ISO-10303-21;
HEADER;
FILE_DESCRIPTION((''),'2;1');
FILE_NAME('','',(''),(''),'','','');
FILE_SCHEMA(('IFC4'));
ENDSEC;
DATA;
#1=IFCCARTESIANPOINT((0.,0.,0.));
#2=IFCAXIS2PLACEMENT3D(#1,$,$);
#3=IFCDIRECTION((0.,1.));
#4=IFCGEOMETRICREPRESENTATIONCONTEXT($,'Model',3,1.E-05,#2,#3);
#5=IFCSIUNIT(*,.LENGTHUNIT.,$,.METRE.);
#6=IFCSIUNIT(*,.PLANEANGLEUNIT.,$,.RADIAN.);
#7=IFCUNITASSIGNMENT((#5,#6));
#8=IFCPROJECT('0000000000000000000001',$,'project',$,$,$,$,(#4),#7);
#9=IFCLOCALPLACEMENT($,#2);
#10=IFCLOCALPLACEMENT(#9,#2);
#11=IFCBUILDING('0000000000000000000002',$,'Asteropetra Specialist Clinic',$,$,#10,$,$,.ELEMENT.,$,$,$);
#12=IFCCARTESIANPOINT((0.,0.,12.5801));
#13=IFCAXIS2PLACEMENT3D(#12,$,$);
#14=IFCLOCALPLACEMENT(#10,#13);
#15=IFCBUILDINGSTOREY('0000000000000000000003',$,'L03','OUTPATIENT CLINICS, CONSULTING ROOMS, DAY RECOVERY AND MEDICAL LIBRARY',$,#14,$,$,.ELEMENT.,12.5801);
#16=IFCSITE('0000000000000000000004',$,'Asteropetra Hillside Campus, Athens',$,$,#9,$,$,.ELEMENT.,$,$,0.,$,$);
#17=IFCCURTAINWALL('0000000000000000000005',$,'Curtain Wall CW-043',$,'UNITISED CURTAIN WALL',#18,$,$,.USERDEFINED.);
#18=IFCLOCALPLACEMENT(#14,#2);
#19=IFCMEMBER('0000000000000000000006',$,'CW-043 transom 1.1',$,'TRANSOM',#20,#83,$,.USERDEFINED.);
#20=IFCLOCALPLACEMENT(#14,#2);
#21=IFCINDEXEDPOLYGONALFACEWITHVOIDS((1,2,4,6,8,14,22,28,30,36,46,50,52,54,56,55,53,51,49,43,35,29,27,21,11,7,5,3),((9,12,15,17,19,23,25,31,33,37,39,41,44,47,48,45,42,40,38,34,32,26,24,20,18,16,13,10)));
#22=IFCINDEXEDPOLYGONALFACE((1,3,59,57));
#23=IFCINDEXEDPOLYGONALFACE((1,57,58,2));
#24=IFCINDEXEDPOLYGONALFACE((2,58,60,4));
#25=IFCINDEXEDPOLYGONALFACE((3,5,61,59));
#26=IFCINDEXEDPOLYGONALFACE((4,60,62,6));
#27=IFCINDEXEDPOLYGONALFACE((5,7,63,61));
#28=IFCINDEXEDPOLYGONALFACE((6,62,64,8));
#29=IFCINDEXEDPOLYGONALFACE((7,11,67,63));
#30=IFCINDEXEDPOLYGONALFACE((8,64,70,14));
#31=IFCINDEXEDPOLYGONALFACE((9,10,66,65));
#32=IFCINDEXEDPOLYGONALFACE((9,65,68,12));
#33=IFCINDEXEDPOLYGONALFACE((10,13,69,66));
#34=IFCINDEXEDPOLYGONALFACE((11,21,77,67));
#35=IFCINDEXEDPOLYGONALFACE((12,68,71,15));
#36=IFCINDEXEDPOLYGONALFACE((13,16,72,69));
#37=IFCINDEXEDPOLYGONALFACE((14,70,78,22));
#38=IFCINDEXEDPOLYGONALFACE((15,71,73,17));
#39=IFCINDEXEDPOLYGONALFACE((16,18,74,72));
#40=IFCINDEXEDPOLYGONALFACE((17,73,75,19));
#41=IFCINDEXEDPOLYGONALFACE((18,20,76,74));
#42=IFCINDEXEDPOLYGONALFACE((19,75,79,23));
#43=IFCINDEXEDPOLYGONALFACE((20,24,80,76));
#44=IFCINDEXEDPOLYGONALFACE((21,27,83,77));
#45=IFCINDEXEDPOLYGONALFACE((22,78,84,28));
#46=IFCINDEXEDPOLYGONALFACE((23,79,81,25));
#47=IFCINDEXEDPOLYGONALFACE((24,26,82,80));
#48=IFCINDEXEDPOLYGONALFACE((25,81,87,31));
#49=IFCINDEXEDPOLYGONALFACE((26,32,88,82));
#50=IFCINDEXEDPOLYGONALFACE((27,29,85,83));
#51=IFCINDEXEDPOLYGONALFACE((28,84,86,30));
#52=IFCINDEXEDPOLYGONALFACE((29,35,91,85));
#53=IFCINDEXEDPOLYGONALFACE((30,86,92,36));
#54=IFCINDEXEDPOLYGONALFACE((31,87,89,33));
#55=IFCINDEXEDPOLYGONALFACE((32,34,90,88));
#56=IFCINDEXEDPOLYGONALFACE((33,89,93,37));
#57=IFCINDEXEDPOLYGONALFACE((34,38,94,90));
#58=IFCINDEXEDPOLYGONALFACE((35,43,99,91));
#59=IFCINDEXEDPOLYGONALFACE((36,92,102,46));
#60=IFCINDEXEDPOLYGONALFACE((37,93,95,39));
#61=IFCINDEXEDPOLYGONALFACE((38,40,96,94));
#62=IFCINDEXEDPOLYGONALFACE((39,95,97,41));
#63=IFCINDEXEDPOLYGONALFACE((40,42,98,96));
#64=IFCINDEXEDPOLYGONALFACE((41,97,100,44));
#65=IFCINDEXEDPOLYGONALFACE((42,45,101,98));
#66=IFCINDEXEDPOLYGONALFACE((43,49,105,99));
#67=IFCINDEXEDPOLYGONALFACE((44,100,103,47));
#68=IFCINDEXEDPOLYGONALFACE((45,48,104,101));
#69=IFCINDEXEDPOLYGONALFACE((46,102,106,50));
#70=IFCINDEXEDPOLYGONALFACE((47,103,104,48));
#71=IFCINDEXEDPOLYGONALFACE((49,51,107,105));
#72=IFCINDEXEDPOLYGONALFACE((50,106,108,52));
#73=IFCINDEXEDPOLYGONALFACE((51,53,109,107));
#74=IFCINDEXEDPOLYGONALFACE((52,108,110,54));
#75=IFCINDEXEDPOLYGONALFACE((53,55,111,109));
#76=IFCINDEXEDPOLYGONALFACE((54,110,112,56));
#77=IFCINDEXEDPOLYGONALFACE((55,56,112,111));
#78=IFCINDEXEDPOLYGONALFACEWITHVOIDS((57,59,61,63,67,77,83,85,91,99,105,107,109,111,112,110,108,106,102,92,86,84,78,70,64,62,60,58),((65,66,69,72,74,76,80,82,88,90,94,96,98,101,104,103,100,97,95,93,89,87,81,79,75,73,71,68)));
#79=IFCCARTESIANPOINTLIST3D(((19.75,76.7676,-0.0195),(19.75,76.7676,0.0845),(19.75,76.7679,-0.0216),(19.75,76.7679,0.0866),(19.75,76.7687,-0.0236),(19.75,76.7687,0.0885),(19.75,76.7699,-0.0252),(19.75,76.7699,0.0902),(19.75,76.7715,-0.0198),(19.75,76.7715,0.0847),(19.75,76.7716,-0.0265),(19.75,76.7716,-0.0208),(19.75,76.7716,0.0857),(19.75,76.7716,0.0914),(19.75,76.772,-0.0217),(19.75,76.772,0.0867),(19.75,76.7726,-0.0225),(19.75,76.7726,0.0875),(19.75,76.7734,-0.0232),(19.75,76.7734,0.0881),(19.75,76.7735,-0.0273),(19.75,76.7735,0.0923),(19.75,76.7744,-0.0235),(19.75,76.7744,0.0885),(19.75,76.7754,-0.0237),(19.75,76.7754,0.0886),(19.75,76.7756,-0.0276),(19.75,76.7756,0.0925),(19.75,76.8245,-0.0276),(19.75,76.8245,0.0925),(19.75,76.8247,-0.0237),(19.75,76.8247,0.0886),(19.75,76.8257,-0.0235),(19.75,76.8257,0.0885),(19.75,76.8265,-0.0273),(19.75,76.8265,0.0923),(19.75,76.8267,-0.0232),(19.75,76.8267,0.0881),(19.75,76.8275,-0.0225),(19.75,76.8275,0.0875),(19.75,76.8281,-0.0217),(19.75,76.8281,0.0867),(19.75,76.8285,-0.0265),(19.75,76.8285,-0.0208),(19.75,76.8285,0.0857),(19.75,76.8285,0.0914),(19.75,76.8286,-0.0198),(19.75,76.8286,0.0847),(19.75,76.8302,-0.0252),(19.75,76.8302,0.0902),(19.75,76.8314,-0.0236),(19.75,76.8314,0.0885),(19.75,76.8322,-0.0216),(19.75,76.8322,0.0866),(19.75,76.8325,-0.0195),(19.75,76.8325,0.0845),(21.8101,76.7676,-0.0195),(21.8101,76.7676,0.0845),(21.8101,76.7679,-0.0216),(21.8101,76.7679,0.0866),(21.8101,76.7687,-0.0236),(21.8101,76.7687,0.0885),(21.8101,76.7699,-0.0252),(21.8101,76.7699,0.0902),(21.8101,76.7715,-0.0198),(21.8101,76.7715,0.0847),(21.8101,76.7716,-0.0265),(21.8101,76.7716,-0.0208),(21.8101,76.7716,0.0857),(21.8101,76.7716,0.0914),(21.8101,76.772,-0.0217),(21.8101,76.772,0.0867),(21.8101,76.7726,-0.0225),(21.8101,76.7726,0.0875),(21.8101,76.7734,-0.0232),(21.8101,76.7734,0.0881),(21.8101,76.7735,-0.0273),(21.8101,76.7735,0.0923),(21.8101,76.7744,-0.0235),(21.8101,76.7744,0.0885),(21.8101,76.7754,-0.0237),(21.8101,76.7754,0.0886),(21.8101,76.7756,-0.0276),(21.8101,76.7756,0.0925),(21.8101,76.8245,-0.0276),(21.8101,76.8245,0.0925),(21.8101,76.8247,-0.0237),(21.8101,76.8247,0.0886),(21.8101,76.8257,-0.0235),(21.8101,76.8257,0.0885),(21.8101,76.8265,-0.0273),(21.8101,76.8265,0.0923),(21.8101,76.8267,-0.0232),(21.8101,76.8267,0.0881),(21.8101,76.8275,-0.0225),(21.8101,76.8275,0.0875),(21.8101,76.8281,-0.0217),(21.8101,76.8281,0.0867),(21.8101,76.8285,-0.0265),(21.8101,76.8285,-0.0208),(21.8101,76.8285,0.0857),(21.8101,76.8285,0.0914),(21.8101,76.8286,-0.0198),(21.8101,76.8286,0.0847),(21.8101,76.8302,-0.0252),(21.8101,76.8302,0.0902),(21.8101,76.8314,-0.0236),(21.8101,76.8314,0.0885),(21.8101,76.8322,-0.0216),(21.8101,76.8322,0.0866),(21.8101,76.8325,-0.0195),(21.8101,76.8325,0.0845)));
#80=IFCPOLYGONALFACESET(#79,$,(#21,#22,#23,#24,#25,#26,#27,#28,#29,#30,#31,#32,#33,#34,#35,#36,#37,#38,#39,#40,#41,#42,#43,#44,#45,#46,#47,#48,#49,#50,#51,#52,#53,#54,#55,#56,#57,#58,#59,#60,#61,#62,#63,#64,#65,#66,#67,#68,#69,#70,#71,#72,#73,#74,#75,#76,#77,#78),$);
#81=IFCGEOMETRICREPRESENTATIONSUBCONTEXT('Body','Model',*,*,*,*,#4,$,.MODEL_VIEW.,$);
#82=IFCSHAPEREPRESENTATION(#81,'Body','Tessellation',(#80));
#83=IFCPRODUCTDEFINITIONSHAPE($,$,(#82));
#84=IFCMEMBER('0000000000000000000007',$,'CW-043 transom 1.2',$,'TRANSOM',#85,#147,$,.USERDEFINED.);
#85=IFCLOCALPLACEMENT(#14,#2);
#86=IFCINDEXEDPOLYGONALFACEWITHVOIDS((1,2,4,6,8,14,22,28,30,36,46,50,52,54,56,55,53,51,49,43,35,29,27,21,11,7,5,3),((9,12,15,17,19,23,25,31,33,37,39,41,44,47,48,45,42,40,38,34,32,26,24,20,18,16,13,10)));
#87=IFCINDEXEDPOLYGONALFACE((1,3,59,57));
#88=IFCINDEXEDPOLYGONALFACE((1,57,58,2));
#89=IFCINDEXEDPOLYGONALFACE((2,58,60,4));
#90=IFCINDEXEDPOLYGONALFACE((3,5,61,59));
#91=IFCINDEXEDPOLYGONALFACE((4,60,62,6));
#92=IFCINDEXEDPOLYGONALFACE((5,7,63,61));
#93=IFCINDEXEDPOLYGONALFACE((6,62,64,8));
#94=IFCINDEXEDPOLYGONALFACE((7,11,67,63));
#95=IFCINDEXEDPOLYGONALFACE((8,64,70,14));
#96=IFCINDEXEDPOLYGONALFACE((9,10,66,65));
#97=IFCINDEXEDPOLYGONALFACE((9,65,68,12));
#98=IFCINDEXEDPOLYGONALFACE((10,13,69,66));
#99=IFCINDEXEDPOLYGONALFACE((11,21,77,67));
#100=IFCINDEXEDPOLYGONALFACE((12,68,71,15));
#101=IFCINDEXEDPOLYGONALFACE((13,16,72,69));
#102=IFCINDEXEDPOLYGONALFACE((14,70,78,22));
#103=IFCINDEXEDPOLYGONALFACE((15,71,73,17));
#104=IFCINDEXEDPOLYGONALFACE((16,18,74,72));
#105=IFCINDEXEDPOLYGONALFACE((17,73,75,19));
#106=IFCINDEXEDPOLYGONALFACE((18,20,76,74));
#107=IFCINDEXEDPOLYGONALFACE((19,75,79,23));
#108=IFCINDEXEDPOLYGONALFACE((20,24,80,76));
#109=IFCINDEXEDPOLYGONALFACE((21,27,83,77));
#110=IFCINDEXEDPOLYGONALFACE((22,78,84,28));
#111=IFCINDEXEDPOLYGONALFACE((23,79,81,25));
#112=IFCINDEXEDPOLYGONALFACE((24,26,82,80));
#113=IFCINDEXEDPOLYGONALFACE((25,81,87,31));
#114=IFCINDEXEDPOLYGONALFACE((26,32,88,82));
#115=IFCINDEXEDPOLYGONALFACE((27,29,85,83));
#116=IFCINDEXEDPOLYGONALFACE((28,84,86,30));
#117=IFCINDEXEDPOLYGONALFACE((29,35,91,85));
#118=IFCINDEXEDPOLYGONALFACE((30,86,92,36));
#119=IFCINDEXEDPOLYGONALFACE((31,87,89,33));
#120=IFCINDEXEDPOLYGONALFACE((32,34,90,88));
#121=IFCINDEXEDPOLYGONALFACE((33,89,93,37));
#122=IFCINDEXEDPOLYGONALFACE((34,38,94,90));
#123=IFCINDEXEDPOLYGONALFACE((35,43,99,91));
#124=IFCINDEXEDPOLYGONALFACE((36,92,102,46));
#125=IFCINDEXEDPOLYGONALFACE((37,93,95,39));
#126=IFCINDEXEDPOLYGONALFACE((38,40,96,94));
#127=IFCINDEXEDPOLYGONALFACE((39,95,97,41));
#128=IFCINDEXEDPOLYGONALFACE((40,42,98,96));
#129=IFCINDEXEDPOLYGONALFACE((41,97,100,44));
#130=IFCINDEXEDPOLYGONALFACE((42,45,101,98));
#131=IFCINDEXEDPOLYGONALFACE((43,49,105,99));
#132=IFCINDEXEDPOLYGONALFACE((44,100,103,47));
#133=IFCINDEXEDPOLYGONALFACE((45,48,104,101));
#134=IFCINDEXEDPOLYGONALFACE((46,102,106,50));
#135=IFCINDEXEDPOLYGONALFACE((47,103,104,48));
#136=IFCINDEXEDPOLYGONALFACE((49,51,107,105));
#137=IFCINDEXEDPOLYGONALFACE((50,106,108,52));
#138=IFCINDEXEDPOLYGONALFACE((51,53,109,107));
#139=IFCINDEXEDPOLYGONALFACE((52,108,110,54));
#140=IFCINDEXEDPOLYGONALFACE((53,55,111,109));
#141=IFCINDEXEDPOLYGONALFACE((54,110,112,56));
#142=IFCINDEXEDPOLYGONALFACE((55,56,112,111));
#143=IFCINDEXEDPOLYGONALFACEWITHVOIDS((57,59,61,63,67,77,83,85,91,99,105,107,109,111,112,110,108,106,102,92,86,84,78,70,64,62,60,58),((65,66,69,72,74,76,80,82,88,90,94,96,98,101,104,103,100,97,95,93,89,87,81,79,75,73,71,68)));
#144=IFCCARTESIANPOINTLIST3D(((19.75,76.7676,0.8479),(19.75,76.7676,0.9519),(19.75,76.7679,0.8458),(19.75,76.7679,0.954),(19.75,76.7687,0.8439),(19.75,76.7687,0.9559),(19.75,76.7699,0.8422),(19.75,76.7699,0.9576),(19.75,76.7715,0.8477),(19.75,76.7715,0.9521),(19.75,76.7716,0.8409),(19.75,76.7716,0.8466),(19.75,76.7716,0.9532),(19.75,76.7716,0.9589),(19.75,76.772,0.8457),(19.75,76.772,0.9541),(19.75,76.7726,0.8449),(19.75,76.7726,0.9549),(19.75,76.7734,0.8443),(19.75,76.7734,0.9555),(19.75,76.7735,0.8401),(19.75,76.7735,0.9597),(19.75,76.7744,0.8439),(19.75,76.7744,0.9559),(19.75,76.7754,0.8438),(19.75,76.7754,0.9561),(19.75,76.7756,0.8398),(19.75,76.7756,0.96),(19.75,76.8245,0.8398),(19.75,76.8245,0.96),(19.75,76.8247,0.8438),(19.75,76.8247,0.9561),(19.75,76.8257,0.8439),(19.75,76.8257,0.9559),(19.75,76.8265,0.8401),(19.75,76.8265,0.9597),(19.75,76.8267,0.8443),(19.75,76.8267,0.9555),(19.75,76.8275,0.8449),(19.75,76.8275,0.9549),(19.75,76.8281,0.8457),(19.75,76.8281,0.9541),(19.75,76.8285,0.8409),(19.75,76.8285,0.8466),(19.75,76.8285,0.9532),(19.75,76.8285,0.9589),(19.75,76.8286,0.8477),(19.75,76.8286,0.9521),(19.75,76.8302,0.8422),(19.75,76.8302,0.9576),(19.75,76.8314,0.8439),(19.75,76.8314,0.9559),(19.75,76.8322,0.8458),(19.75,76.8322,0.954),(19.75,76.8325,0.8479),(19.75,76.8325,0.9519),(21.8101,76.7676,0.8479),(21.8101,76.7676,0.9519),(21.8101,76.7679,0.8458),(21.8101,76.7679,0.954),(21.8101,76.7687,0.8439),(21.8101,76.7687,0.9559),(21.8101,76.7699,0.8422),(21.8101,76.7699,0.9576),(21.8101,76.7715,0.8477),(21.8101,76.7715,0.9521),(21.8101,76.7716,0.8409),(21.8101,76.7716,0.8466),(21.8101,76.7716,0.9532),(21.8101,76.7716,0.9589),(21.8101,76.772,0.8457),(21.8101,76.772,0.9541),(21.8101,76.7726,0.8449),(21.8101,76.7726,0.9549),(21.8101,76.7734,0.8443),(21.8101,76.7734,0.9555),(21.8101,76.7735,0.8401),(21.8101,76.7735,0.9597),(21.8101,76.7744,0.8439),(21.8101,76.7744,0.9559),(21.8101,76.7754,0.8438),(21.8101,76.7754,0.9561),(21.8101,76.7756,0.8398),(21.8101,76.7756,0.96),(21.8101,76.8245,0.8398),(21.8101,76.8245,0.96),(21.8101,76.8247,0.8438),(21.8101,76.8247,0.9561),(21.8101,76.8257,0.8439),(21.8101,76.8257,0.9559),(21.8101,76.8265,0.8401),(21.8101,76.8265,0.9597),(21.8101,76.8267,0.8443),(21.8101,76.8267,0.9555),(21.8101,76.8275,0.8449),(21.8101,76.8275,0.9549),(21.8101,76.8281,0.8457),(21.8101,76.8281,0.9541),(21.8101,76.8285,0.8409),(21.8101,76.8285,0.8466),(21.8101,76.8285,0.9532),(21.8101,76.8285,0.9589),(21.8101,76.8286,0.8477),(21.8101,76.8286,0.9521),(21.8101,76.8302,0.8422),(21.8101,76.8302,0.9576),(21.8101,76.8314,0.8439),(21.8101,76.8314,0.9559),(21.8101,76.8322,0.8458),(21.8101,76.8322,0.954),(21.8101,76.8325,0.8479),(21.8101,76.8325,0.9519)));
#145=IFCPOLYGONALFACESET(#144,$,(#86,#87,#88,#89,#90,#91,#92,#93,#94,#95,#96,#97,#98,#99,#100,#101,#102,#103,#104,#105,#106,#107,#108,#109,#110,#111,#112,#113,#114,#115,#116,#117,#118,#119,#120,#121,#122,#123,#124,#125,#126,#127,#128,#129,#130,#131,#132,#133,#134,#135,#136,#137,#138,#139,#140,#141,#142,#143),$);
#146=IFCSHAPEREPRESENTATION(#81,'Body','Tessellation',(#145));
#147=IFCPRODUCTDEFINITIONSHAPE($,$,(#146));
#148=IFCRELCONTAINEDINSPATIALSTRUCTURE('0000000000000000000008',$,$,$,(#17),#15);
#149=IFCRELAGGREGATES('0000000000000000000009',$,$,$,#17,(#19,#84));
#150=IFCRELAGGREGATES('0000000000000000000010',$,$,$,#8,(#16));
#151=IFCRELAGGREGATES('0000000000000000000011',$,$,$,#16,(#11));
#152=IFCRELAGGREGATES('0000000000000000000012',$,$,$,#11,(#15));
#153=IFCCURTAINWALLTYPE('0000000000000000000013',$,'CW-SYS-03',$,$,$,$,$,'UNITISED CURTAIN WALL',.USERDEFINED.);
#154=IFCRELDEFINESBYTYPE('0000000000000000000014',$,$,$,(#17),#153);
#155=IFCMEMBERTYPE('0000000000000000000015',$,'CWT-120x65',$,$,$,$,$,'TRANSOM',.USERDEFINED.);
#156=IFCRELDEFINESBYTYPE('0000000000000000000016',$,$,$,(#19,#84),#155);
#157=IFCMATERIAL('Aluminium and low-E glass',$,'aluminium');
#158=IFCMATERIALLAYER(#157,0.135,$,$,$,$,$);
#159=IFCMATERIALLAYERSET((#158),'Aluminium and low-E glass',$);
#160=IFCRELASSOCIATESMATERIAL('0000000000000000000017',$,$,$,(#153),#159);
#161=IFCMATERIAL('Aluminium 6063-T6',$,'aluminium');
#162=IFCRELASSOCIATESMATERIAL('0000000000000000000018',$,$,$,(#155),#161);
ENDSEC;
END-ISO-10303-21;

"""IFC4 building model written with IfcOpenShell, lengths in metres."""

from ifc_helpers import new_model, si_unit, direction, frame, origin, origin_2d, place, context, subcontext, project, spatial, hollow_rectangle, extrude, material, layer, layer_set, material_profile, profile_set, type_object, element, aggregate, save


model = new_model("IFC4")

# Units and contexts
model_context = context("Model", 3, precision=1e-05, world=origin(), true_north=direction((0.0, 1.0)))
body_context = subcontext(model_context, "Body", "Model", "MODEL_VIEW")
ifc_project = project(units=[si_unit("LENGTHUNIT", "METRE"), si_unit("PLANEANGLEUNIT", "RADIAN")], contexts=[model_context])

# Site, building, storey
site_placement = place(None, origin())
site = spatial("IfcSite", under=ifc_project, at=site_placement, Name="Asteropetra Hillside Campus, Athens", CompositionType="ELEMENT", RefElevation=0.0)
building_placement = place(site_placement, origin())
building = spatial("IfcBuilding", under=site, at=building_placement, Name="Asteropetra Specialist Clinic", CompositionType="ELEMENT")
storey_placement = place(building_placement, frame((0.0, 0.0, 12.5801)))
storey = spatial("IfcBuildingStorey", under=building, at=storey_placement, Name="L03", Description="OUTPATIENT CLINICS, CONSULTING ROOMS, DAY RECOVERY AND MEDICAL LIBRARY", CompositionType="ELEMENT", Elevation=12.5801)

# Curtain wall
ifc_material_1 = material(Name="Aluminium and low-E glass", Category="aluminium")
ifc_layer_1 = layer(ifc_material_1, 0.135)
ifc_layer_set_1 = layer_set([ifc_layer_1], Name="Aluminium and low-E glass")
curtain_wall_type_1 = type_object("IfcCurtainWallType", Name="CW-SYS-03", ElementType="UNITISED CURTAIN WALL", PredefinedType="USERDEFINED", material=ifc_layer_set_1)
curtain_wall_1_placement = place(storey_placement, origin())
curtain_wall_1 = element("IfcCurtainWall", 1, at=curtain_wall_1_placement, inside=storey, type_object=curtain_wall_type_1, Name="Curtain Wall CW-043", ObjectType="UNITISED CURTAIN WALL", PredefinedType="USERDEFINED")

# Members
ifc_material_2 = material(Name="Aluminium 6063-T6", Category="aluminium")
ifc_material_profile_1 = material_profile(ifc_material_2, hollow_rectangle(XDim=0.0649, YDim=0.1201, WallThickness=0.0039, InnerFilletRadius=0.0039, OuterFilletRadius=0.0081, at=origin_2d()), Name="TRN 120x65x4.0")
ifc_profile_set_1 = profile_set([ifc_material_profile_1], Name="Aluminium 6063-T6")
member_type_1 = type_object("IfcMemberType", Name="CWT-120x65", ElementType="TRANSOM", PredefinedType="USERDEFINED", material=ifc_profile_set_1)
member_1_placement = place(storey_placement, frame((19.75, 76.8, 0.0325), z_axis=(1.0, 0.0, 0.0), x_axis=(0.0, 1.0, 0.0)))
member_1 = element("IfcMember", 2, at=member_1_placement, type_object=member_type_1, Name="CW-043 transom 1.1", ObjectType="TRANSOM", PredefinedType="USERDEFINED", context=body_context, shape_type="SweptSolid", body=[
    extrude(hollow_rectangle(XDim=0.0649, YDim=0.1201, WallThickness=0.0039, InnerFilletRadius=0.0039, OuterFilletRadius=0.0081, at=origin_2d()), origin(), (0.0, 0.0, 1.0), 2.0601),
])
member_2_placement = place(storey_placement, frame((19.75, 76.8, 0.8999), z_axis=(1.0, 0.0, 0.0), x_axis=(0.0, 1.0, 0.0)))
member_2 = element("IfcMember", 3, at=member_2_placement, type_object=member_type_1, Name="CW-043 transom 1.2", ObjectType="TRANSOM", PredefinedType="USERDEFINED", context=body_context, shape_type="SweptSolid", body=[
    extrude(hollow_rectangle(XDim=0.0649, YDim=0.1201, WallThickness=0.0039, InnerFilletRadius=0.0039, OuterFilletRadius=0.0081, at=origin_2d()), origin(), (0.0, 0.0, 1.0), 2.0601),
])

aggregate(curtain_wall_1, [member_1, member_2])

save(model, "model.ifc")
